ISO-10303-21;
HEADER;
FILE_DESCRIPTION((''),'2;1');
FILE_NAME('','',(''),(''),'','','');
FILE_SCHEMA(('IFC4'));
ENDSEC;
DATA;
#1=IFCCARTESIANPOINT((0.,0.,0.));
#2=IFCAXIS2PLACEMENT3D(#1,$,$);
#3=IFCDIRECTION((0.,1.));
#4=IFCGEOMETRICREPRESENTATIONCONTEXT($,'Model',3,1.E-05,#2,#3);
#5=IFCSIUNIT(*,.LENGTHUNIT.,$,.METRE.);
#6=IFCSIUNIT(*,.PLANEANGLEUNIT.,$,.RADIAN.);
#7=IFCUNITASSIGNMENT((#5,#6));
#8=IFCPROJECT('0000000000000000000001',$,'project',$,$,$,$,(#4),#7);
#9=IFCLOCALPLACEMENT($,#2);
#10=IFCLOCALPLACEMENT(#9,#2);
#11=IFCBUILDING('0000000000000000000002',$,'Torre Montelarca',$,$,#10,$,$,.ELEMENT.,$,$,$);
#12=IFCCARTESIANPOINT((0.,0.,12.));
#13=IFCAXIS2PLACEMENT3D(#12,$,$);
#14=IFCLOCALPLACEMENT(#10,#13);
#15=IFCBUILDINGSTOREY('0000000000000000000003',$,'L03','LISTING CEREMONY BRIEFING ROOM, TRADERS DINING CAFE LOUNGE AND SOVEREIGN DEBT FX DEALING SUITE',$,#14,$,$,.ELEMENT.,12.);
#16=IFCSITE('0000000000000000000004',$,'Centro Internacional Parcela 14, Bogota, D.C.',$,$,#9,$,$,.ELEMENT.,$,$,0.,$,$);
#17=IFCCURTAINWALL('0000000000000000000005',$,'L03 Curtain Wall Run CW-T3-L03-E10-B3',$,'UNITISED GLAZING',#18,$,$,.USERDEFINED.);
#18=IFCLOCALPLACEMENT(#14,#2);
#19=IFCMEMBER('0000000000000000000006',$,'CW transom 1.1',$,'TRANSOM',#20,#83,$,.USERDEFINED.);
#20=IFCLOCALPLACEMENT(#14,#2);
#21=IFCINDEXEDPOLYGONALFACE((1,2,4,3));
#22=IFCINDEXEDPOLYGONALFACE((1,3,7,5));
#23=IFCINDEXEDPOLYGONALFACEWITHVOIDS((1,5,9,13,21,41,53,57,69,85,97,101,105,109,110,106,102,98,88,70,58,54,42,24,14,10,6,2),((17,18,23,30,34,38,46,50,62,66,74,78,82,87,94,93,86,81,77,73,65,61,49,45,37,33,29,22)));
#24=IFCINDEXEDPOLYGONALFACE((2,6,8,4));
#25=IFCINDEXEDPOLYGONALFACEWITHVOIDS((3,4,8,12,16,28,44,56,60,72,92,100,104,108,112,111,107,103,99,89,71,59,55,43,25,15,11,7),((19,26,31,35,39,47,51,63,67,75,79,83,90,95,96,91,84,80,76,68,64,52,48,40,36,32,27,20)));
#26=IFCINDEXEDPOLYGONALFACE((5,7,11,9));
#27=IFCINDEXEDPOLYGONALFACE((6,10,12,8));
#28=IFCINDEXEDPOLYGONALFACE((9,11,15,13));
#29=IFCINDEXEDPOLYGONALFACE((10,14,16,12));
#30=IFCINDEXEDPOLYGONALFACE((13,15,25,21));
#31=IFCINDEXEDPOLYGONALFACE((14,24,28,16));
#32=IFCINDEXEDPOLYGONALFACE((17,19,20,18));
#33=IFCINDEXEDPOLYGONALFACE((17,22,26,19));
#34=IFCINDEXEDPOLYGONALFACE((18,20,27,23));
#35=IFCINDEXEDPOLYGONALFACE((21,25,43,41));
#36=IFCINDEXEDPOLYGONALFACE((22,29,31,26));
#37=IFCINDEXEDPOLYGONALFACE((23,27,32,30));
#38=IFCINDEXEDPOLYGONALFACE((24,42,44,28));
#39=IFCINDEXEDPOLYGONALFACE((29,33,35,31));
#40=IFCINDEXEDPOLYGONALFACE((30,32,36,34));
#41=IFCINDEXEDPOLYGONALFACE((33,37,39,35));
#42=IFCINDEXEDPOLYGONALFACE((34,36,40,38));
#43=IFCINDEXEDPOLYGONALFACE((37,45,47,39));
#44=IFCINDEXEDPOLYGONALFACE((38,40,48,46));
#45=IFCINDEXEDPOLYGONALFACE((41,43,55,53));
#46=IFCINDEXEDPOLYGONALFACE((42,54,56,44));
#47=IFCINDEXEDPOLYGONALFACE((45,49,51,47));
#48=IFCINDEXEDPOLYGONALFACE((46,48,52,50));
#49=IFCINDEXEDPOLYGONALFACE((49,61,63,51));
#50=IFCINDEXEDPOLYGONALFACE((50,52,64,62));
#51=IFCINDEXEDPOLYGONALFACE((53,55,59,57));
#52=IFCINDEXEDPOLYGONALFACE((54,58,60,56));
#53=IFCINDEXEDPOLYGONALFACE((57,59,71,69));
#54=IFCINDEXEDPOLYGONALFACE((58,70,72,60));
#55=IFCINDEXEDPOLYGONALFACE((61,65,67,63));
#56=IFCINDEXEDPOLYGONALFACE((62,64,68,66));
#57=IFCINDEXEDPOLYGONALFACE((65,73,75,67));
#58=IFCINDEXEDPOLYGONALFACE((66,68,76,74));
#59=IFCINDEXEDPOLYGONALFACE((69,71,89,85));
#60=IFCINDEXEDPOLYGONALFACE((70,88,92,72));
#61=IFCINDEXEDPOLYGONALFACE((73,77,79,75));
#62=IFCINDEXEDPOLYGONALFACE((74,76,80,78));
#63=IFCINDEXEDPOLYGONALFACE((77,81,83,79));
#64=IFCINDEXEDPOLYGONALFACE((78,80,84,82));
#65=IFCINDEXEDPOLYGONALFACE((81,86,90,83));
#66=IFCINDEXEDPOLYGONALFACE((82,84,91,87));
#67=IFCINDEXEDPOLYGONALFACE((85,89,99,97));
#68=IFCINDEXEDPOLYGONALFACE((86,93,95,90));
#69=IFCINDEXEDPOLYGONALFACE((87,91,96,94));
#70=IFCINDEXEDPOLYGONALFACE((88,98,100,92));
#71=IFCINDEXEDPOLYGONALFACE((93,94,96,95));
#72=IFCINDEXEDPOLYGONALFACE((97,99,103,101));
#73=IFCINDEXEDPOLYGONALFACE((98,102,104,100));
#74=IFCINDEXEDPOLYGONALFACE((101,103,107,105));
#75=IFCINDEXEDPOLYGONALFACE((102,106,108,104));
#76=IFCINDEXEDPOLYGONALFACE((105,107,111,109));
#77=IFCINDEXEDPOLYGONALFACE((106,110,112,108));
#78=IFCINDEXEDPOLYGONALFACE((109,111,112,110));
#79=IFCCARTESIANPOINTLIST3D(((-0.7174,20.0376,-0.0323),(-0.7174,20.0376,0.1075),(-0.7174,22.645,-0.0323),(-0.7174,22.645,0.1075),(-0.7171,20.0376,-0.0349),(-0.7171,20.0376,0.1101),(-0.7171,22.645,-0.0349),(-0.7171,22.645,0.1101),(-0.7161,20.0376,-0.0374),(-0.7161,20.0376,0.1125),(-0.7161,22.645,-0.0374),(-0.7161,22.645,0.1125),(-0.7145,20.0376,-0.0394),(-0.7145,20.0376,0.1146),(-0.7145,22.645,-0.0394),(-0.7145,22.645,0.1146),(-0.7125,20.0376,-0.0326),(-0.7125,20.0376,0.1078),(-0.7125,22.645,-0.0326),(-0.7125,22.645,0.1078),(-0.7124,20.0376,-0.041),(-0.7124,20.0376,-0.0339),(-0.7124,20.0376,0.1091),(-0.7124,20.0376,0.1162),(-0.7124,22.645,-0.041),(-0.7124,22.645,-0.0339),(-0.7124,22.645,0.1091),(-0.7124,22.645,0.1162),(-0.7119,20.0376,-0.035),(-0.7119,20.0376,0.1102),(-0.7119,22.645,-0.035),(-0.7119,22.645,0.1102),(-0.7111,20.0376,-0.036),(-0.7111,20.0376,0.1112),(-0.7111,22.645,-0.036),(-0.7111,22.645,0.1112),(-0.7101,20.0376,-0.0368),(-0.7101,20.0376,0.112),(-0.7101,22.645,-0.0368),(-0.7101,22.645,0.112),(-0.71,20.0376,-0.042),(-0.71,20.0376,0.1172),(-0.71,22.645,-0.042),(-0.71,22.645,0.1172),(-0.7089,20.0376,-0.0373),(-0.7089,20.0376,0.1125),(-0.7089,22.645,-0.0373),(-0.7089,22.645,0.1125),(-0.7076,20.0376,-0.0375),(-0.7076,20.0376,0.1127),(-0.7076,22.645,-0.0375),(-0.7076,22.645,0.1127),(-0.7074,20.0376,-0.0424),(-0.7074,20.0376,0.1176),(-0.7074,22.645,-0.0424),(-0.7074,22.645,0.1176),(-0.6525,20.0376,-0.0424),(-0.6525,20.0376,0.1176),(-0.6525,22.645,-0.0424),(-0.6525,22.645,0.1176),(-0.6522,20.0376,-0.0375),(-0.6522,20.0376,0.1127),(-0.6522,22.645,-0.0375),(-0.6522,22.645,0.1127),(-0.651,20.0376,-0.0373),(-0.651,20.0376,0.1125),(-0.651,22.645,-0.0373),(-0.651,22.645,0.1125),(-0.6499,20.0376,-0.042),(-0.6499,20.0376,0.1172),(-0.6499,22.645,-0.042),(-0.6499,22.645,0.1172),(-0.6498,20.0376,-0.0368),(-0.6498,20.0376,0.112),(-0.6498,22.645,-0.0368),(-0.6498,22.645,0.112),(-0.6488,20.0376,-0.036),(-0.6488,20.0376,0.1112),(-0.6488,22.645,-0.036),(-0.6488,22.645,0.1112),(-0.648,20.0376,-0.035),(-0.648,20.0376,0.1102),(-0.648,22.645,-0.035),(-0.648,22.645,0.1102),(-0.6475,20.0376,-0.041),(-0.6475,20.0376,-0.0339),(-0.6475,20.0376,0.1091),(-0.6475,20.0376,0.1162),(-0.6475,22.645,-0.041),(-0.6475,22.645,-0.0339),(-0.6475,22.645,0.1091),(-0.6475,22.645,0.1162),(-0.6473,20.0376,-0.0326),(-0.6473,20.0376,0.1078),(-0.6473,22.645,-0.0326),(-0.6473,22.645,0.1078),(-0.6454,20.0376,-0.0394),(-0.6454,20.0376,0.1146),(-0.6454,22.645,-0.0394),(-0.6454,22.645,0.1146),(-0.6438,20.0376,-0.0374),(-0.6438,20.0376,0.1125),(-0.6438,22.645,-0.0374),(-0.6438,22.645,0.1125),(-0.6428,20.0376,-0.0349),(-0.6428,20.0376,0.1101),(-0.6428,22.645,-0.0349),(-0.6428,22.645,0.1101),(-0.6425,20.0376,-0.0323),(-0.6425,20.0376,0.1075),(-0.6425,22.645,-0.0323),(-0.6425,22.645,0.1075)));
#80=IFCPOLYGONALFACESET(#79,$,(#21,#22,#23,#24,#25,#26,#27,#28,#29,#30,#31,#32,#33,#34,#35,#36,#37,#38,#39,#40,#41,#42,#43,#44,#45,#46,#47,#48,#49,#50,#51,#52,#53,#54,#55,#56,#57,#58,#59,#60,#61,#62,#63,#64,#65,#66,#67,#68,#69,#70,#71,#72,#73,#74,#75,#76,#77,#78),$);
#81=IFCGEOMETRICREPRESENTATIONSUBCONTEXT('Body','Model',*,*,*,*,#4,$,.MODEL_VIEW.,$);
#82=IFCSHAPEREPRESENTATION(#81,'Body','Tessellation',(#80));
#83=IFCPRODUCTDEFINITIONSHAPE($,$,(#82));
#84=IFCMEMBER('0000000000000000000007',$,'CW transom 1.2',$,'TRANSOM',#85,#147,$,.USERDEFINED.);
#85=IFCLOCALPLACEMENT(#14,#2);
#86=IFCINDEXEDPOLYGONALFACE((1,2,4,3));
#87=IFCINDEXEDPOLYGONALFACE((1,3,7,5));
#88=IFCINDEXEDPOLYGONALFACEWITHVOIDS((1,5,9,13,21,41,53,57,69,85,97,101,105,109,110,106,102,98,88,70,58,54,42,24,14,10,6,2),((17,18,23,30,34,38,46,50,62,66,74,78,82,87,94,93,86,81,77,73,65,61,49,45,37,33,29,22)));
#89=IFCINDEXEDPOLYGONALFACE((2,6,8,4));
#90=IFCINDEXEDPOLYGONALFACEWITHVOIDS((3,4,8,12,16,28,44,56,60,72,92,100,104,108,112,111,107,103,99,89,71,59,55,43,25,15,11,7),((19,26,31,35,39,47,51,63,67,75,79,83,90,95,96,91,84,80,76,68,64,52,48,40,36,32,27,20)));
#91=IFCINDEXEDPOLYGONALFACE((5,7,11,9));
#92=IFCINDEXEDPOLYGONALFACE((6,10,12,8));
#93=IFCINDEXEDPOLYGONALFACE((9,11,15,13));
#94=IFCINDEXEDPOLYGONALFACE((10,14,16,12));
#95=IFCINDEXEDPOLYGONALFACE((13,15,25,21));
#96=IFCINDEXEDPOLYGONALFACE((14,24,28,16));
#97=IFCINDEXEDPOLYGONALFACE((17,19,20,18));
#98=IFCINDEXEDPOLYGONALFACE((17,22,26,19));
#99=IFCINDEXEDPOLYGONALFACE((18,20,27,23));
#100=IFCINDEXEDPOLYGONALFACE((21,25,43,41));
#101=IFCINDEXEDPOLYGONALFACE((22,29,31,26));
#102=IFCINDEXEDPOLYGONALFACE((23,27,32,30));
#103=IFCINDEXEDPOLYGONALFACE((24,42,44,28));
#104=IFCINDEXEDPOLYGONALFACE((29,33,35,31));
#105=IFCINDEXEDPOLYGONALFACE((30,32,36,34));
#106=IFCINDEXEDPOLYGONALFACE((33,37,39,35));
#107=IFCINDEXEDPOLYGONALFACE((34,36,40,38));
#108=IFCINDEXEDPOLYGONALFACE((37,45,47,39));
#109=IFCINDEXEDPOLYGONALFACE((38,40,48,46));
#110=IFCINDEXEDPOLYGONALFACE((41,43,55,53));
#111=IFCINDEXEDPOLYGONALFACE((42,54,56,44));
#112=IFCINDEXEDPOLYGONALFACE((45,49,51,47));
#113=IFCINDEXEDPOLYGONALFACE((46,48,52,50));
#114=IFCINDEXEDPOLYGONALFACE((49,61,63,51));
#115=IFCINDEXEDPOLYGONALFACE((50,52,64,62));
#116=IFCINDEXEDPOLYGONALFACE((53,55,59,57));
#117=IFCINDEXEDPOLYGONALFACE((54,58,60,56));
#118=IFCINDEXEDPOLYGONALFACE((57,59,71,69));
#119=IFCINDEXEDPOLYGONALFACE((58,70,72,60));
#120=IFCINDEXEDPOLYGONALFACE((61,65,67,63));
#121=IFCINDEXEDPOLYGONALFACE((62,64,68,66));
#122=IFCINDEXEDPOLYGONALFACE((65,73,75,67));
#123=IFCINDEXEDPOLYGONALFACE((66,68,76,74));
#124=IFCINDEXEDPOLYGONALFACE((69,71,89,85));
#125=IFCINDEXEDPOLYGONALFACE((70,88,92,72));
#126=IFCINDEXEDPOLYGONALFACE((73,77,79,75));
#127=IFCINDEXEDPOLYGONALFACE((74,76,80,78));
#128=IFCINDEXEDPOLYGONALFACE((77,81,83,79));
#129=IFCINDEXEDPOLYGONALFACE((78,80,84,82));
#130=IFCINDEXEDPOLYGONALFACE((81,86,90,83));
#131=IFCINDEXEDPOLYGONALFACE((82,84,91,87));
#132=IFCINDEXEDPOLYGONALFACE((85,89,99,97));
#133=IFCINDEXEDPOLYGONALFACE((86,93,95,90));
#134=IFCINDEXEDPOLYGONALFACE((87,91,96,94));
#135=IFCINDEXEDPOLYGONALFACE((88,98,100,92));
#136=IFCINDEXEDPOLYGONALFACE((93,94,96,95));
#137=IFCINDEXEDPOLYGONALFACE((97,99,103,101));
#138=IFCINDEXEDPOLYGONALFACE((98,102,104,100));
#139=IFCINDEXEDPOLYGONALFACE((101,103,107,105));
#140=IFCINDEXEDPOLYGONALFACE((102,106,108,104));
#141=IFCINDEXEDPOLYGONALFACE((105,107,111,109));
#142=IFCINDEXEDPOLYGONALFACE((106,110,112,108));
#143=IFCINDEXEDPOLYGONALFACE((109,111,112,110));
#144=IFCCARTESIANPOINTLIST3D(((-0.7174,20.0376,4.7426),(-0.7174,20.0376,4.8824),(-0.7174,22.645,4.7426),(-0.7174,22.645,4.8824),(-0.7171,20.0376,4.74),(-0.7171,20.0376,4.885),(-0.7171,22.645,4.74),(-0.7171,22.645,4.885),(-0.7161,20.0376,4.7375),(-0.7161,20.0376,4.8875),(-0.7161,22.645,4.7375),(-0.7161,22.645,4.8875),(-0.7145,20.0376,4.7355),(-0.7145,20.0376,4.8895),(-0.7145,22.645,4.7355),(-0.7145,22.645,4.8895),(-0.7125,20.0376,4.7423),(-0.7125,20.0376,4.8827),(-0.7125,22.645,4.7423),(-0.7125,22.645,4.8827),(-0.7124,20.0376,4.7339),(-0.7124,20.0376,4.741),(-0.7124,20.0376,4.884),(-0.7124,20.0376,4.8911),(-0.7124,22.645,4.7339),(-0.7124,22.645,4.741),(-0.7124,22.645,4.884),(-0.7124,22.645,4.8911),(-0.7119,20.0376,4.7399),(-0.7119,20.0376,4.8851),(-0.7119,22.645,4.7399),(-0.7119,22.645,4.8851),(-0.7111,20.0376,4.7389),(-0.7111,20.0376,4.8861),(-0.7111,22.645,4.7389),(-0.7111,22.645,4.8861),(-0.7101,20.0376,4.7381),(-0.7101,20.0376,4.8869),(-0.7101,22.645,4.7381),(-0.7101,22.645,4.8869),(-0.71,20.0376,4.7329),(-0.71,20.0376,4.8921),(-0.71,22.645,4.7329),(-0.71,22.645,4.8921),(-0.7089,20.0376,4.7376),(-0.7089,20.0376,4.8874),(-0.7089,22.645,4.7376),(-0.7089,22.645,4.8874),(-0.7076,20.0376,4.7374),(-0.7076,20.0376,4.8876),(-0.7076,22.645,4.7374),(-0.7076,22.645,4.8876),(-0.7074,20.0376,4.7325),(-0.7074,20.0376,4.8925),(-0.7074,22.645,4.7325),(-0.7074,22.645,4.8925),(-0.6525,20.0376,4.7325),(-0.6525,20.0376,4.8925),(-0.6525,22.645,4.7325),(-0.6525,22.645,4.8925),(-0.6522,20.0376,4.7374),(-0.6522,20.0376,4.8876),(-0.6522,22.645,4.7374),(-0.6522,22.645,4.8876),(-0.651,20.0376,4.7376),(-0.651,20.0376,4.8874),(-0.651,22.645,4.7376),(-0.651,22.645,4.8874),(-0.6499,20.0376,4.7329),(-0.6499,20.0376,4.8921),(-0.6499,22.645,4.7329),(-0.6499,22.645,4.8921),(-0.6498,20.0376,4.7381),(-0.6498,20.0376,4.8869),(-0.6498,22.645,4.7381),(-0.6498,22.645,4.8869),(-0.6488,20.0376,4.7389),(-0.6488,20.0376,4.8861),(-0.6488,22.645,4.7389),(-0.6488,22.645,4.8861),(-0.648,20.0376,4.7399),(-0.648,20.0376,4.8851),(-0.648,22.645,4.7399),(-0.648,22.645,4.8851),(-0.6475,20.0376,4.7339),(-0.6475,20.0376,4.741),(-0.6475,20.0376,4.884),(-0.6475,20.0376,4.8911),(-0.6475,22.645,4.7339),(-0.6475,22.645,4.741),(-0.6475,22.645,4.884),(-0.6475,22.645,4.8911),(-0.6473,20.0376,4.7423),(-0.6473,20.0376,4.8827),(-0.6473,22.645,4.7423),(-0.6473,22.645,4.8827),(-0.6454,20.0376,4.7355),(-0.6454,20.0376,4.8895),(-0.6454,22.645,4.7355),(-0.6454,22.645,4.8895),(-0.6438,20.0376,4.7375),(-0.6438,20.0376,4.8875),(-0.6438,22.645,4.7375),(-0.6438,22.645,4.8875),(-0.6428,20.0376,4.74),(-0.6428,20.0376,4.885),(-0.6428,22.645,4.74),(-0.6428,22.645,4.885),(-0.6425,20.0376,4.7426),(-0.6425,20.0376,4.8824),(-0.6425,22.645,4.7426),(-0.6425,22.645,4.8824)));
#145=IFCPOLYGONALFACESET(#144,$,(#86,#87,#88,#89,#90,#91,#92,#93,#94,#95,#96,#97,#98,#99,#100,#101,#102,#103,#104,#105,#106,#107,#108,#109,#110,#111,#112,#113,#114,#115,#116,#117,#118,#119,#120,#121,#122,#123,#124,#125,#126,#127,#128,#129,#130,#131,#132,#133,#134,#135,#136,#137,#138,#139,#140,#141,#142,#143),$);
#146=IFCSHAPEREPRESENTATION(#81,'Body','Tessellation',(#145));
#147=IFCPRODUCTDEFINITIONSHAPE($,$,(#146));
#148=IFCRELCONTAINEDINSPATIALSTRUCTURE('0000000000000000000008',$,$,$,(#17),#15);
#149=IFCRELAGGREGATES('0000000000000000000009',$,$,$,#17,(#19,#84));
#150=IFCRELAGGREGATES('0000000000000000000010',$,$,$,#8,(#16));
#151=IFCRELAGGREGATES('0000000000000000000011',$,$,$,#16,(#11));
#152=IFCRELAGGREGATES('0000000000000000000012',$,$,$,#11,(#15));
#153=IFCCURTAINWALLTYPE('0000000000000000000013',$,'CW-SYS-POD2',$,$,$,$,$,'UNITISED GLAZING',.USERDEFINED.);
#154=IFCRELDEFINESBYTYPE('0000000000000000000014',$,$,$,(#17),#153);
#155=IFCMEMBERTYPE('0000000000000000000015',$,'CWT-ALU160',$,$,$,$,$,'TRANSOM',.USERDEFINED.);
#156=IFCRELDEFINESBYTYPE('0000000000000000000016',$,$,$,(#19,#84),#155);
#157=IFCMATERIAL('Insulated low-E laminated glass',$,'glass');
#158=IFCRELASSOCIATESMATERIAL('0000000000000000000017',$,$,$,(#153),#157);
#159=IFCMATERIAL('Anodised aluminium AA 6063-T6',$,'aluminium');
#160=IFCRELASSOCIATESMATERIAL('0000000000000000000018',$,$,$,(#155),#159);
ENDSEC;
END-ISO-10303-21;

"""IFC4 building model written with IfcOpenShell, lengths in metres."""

from ifc_helpers import new_model, si_unit, direction, frame, origin, origin_2d, place, context, subcontext, project, spatial, hollow_rectangle, extrude, source, transform, mapped, material, material_profile, profile_set, type_object, element, aggregate, save


model = new_model("IFC4")

# Units and contexts
model_context = context("Model", 3, precision=1e-05, world=origin(), true_north=direction((0.0, 1.0)))
body_context = subcontext(model_context, "Body", "Model", "MODEL_VIEW")
ifc_project = project(units=[si_unit("LENGTHUNIT", "METRE"), si_unit("PLANEANGLEUNIT", "RADIAN")], contexts=[model_context])

# Site, building, storey
site_placement = place(None, origin())
site = spatial("IfcSite", under=ifc_project, at=site_placement, Name="Centro Internacional Parcela 14, Bogota, D.C.", CompositionType="ELEMENT", RefElevation=0.0)
building_placement = place(site_placement, origin())
building = spatial("IfcBuilding", under=site, at=building_placement, Name="Torre Montelarca", CompositionType="ELEMENT")
storey_placement = place(building_placement, frame((0.0, 0.0, 12.0)))
storey = spatial("IfcBuildingStorey", under=building, at=storey_placement, Name="L03", Description="LISTING CEREMONY BRIEFING ROOM, TRADERS DINING CAFE LOUNGE AND SOVEREIGN DEBT FX DEALING SUITE", CompositionType="ELEMENT", Elevation=12.0)

# Curtain wall, members
ifc_material_1 = material(Name="Insulated low-E laminated glass", Category="glass")
curtain_wall_type = type_object("IfcCurtainWallType", Name="CW-SYS-POD2", ElementType="UNITISED GLAZING", PredefinedType="USERDEFINED", material=ifc_material_1)
curtain_wall_1_placement = place(storey_placement, origin())
curtain_wall_1 = element("IfcCurtainWall", 1, at=curtain_wall_1_placement, inside=storey, type_object=curtain_wall_type, Name="L03 Curtain Wall Run CW-T3-L03-E10-B3", ObjectType="UNITISED GLAZING", PredefinedType="USERDEFINED")
ifc_material_2 = material(Name="Anodised aluminium AA 6063-T6", Category="aluminium")
ifc_material_profile_1 = material_profile(ifc_material_2, hollow_rectangle(XDim=0.075, YDim=0.1599, WallThickness=0.0049, InnerFilletRadius=0.0049, OuterFilletRadius=0.01, at=origin_2d()), Name="ALU75X160X5", Category="aluminium")
ifc_profile_set_1 = profile_set([ifc_material_profile_1], Name="Anodised aluminium AA 6063-T6")
member_type_1 = type_object("IfcMemberType", Name="CWT-ALU160", ElementType="TRANSOM", PredefinedType="USERDEFINED", material=ifc_profile_set_1)
shared_shape_1 = source(origin(), body_context, "Body", "SweptSolid", [
    extrude(hollow_rectangle(XDim=0.075, YDim=0.1599, WallThickness=0.0049, InnerFilletRadius=0.0049, OuterFilletRadius=0.01, at=origin_2d()), origin(), (0.0, 0.0, 1.0), 2.6074),
])
member_1_placement = place(storey_placement, frame((-0.6799, 22.645, 0.0376), z_axis=(0.0, -1.0, 0.0), x_axis=(1.0, 0.0, 0.0)))
member_1 = element("IfcMember", 2, at=member_1_placement, type_object=member_type_1, Name="CW transom 1.1", ObjectType="TRANSOM", PredefinedType="USERDEFINED", context=body_context, shape_type="MappedRepresentation", body=[
    mapped(shared_shape_1, transform((0.0, 0.0, 0.0), scale=1.0)),
])
member_2_placement = place(storey_placement, frame((-0.6799, 22.645, 4.8125), z_axis=(0.0, -1.0, 0.0), x_axis=(1.0, 0.0, 0.0)))
member_2 = element("IfcMember", 3, at=member_2_placement, type_object=member_type_1, Name="CW transom 1.2", ObjectType="TRANSOM", PredefinedType="USERDEFINED", context=body_context, shape_type="MappedRepresentation", body=[
    mapped(shared_shape_1, transform((0.0, 0.0, 0.0), scale=1.0)),
])

aggregate(curtain_wall_1, [member_1, member_2])

save(model, "model.ifc")
